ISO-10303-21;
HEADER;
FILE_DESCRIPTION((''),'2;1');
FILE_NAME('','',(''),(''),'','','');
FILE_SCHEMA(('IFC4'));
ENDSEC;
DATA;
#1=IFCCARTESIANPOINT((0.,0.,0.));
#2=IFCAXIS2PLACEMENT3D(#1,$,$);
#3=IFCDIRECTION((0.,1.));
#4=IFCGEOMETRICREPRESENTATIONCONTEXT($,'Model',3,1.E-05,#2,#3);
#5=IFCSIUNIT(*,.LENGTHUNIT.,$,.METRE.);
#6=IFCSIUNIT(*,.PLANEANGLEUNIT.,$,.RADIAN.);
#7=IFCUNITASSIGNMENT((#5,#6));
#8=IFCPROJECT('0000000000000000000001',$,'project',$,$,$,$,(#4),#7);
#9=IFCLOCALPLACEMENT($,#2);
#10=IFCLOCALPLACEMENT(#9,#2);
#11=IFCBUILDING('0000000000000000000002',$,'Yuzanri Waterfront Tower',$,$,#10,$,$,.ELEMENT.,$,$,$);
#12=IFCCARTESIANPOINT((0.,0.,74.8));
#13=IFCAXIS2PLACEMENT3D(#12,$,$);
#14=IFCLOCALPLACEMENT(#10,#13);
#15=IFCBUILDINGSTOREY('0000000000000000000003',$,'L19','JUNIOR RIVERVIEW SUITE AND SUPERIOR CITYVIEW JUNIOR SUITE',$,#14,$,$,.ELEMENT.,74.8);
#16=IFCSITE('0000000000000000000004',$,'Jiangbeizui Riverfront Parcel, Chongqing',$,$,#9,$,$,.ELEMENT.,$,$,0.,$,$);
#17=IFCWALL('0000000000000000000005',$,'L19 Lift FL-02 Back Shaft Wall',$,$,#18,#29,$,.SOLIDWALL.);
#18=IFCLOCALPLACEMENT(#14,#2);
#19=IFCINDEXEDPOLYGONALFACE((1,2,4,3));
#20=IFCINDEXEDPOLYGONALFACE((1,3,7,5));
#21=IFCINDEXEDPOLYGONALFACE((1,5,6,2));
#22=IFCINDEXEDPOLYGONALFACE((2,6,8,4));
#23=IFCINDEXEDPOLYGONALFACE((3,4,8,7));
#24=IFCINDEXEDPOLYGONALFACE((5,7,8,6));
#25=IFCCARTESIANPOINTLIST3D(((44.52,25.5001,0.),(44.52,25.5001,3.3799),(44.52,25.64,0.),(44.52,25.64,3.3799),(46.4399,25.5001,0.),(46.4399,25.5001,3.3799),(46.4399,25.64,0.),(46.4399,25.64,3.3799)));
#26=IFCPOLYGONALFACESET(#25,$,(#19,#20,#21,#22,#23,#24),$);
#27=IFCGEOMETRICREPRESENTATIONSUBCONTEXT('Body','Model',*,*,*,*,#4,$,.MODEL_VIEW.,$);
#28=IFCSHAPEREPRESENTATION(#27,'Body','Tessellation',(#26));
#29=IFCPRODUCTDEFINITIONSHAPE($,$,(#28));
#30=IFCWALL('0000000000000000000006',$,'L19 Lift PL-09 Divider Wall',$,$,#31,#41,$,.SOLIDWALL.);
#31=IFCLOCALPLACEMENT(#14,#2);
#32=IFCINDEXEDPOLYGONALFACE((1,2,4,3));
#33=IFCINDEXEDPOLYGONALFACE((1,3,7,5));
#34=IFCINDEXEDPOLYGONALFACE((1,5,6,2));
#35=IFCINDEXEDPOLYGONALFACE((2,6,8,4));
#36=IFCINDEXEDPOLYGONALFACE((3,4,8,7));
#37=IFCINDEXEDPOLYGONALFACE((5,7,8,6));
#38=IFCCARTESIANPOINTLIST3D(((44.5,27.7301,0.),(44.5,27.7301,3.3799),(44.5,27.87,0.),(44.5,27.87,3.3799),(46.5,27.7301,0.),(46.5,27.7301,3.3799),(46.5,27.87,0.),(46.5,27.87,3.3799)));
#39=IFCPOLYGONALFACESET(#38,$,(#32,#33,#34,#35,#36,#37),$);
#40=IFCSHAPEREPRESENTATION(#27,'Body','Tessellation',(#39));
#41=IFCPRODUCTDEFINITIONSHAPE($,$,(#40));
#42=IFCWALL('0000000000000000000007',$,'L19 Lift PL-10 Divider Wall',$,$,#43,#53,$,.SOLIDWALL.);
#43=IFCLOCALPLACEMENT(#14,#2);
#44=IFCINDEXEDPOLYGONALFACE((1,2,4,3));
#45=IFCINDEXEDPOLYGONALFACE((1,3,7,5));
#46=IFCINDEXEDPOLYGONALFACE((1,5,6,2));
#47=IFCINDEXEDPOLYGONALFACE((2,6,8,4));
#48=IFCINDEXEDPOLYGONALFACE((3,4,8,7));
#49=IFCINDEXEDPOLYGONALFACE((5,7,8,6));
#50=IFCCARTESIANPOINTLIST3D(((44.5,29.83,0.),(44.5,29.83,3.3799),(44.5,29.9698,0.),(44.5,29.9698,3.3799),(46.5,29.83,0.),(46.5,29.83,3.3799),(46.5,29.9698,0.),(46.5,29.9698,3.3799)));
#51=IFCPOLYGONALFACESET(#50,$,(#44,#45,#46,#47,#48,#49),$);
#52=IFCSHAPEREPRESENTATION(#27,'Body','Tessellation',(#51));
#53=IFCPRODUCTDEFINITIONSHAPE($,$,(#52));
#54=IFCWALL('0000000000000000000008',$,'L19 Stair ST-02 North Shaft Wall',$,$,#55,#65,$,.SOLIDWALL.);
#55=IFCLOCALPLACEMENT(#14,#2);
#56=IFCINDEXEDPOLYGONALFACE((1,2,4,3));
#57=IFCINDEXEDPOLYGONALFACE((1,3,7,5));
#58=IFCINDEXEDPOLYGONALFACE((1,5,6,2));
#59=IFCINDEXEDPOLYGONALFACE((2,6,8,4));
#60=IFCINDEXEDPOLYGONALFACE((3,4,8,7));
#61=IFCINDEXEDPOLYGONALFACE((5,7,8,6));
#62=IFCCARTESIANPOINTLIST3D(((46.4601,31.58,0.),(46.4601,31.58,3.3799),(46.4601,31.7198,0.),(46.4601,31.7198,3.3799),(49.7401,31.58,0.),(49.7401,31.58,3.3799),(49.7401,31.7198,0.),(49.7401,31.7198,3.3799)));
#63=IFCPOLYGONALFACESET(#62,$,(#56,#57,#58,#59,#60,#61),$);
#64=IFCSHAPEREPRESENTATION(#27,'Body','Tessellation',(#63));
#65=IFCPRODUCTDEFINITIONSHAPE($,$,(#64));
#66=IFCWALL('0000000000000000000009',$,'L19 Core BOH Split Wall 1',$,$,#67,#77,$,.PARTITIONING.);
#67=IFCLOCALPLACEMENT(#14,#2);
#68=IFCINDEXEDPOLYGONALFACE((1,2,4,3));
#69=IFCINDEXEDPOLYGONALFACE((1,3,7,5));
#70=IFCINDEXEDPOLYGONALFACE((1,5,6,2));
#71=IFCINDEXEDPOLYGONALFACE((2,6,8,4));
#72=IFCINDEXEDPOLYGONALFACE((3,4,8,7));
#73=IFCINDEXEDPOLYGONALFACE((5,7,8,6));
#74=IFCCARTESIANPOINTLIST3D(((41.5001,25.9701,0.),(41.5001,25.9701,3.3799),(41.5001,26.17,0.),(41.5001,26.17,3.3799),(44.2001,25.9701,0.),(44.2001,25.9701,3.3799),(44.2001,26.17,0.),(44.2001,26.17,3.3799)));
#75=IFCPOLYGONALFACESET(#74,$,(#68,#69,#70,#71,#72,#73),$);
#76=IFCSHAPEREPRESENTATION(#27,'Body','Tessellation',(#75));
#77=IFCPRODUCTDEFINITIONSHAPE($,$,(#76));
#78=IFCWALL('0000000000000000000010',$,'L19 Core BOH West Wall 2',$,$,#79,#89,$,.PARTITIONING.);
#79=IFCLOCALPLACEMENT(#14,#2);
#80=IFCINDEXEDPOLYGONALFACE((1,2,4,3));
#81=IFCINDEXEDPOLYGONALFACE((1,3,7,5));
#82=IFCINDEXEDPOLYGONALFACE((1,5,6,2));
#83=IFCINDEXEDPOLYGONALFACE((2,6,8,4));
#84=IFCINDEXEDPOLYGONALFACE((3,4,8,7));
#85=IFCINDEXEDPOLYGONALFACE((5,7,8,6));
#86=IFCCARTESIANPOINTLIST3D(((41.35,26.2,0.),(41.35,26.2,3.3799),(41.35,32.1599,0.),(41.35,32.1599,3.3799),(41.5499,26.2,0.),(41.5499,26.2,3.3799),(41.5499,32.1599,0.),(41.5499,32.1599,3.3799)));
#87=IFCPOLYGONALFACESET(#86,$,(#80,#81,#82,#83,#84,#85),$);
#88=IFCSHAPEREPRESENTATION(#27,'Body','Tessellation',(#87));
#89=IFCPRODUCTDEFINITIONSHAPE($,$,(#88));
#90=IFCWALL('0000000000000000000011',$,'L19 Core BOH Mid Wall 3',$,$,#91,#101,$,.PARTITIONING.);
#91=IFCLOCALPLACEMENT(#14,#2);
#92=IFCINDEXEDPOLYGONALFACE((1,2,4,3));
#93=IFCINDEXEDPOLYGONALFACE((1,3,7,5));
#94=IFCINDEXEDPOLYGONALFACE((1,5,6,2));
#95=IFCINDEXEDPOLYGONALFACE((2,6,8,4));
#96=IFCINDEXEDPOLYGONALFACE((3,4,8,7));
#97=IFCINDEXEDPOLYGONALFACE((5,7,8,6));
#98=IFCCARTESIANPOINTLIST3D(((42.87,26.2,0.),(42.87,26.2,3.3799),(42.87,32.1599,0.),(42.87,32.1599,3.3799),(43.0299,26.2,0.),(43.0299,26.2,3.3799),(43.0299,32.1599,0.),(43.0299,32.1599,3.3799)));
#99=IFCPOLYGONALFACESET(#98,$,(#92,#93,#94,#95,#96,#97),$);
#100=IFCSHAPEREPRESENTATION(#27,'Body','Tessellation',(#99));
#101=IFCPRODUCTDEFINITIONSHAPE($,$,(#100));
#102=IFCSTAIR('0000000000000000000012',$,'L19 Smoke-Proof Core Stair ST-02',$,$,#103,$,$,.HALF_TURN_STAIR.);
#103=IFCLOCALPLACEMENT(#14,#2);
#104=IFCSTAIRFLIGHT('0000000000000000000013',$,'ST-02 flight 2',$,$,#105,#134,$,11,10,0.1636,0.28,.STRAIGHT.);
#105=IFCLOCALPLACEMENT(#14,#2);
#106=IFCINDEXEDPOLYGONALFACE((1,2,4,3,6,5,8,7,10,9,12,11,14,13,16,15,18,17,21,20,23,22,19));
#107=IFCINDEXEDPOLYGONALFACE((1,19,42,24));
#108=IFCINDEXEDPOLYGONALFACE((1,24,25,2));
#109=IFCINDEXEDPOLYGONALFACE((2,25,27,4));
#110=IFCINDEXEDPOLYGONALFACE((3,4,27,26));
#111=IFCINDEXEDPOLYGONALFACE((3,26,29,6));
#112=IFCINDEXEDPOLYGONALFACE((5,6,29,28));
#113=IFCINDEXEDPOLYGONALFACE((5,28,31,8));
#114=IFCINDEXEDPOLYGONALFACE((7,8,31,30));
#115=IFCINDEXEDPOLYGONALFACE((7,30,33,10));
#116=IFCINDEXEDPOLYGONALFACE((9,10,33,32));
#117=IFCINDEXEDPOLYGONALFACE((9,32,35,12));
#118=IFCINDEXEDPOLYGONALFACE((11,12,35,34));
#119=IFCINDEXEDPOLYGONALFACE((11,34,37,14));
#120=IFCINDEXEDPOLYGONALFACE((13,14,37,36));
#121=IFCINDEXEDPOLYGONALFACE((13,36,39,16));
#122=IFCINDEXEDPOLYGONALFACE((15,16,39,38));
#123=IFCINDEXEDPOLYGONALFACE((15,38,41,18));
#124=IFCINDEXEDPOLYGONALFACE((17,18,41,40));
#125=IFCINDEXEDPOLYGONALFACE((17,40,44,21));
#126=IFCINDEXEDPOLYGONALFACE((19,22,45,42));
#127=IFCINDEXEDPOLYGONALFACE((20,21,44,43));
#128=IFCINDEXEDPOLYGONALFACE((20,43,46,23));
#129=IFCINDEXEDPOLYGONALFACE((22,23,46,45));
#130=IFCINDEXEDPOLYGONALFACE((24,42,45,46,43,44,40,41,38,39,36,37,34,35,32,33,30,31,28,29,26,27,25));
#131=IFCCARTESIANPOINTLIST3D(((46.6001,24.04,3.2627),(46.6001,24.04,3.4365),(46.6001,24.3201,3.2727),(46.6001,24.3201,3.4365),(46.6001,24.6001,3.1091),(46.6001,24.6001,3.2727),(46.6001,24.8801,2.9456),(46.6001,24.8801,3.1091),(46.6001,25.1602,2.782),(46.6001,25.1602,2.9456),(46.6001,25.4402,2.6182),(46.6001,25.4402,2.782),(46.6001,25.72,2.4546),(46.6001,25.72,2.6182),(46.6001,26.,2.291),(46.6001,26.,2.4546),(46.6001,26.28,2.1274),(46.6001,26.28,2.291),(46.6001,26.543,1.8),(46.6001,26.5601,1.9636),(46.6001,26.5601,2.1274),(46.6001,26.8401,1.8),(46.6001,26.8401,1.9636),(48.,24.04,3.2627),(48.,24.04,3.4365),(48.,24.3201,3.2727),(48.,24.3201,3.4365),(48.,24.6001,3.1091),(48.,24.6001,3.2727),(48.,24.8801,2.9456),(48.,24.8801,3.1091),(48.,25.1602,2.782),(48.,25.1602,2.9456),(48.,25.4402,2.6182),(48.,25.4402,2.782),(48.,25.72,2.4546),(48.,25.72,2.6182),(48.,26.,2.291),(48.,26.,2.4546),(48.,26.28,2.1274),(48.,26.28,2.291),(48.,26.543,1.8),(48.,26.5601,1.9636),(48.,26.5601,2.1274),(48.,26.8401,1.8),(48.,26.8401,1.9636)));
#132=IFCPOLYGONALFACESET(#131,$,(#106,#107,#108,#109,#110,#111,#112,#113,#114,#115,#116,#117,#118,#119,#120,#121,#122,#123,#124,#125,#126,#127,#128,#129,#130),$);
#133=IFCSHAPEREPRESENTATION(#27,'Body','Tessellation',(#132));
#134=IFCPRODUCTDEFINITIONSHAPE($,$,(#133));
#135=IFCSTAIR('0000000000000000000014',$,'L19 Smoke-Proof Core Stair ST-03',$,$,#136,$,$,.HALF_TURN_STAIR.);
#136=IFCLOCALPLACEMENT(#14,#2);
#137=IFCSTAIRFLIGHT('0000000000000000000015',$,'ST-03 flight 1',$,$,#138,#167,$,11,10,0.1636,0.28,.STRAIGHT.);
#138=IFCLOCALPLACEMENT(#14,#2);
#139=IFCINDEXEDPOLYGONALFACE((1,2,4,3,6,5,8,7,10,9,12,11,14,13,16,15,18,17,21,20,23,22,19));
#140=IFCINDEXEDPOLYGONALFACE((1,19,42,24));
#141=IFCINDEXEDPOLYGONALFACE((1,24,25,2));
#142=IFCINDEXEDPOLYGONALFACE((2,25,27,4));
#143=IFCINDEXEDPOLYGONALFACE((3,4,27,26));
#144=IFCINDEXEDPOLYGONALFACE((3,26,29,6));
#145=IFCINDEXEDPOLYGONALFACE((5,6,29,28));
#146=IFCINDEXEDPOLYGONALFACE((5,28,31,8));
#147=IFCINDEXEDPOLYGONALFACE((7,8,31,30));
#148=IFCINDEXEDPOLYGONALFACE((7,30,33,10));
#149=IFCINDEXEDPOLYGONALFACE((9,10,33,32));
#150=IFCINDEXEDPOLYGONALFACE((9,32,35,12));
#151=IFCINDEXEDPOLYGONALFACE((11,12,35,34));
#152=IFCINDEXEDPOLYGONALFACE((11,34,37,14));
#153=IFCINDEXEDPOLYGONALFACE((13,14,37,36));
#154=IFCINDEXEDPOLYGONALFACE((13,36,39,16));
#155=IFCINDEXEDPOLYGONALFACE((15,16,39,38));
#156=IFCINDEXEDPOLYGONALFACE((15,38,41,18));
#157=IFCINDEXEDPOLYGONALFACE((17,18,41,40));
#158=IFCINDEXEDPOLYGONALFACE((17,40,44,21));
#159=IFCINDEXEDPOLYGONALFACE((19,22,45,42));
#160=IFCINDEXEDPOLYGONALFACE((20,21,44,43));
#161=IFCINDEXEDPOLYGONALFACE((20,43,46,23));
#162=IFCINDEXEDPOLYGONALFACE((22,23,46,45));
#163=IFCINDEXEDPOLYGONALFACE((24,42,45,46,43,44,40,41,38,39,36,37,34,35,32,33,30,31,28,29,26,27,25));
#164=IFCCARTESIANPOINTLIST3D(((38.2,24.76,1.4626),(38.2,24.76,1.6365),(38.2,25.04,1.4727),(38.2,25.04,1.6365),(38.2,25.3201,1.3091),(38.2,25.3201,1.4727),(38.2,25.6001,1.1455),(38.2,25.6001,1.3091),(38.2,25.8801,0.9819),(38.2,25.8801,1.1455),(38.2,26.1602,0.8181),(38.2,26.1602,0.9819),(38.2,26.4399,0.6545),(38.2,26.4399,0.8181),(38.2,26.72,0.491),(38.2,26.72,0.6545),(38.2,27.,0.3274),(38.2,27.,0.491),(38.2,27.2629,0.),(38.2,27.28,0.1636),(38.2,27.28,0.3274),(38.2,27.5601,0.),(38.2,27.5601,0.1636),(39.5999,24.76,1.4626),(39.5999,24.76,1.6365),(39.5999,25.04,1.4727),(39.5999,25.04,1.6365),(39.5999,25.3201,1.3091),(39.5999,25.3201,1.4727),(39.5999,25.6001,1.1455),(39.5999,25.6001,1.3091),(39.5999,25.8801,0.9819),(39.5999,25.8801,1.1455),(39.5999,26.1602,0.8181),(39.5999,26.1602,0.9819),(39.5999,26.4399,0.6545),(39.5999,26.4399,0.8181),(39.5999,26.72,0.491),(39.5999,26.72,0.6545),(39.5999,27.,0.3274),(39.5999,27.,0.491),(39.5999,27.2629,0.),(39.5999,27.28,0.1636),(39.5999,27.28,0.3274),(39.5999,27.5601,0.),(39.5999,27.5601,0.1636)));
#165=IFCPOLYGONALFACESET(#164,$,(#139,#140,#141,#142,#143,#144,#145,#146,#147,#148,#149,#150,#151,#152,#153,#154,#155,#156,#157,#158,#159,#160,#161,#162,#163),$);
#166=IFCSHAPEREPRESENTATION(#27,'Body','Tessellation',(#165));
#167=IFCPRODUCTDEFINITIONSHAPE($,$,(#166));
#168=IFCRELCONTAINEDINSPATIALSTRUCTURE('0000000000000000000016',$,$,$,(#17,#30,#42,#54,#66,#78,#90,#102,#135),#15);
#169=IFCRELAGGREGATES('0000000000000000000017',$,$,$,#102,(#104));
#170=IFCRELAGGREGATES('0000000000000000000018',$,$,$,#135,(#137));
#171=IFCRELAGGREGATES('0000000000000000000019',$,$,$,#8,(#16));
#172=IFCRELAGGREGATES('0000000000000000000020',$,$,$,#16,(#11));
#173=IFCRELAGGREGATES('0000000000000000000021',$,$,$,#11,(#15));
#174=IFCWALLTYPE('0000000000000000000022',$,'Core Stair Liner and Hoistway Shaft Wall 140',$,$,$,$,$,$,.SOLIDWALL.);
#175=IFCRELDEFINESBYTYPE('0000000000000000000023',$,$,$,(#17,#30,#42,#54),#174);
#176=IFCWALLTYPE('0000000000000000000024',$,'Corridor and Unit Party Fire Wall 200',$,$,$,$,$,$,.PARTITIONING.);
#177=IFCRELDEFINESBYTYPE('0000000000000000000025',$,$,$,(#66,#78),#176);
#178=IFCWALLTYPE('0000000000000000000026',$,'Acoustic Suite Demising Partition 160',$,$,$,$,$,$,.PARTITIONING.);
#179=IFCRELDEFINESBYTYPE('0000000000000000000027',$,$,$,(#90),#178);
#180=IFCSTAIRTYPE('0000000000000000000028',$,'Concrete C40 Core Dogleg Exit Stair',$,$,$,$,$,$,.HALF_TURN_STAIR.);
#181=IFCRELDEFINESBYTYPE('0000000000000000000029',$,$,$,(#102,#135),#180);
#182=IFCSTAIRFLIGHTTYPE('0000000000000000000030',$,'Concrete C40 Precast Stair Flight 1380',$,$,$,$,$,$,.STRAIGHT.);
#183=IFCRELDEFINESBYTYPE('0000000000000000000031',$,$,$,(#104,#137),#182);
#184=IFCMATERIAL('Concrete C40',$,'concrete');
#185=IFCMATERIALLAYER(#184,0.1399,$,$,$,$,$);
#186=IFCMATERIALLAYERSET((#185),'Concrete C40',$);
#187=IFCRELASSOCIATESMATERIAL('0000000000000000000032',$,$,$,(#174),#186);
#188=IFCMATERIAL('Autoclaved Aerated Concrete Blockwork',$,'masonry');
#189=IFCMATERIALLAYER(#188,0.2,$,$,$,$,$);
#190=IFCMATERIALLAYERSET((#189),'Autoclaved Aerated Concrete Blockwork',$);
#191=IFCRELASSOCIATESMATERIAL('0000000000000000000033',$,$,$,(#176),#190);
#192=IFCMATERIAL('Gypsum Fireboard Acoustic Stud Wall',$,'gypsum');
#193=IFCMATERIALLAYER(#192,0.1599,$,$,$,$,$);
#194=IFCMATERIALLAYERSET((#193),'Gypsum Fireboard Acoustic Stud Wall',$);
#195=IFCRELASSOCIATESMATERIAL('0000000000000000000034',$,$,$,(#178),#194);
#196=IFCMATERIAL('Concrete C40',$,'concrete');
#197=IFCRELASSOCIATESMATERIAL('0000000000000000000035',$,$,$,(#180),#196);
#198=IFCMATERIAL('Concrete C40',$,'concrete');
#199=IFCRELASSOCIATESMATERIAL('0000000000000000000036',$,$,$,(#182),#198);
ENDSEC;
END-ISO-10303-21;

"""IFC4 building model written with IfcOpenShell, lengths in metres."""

from ifc_helpers import new_model, si_unit, direction, frame, frame_2d, origin, place, context, subcontext, project, spatial, polyline, rectangle, outline, extrude, source, transform, mapped, material, layer, layer_set, type_object, element, aggregate, save


model = new_model("IFC4")

# Units and contexts
model_context = context("Model", 3, precision=1e-05, world=origin(), true_north=direction((0.0, 1.0)))
body_context = subcontext(model_context, "Body", "Model", "MODEL_VIEW")
ifc_project = project(units=[si_unit("LENGTHUNIT", "METRE"), si_unit("PLANEANGLEUNIT", "RADIAN")], contexts=[model_context])

# Site, building, storey
site_placement = place(None, origin())
site = spatial("IfcSite", under=ifc_project, at=site_placement, Name="Jiangbeizui Riverfront Parcel, Chongqing", CompositionType="ELEMENT", RefElevation=0.0)
building_placement = place(site_placement, origin())
building = spatial("IfcBuilding", under=site, at=building_placement, Name="Yuzanri Waterfront Tower", CompositionType="ELEMENT")
storey_placement = place(building_placement, frame((0.0, 0.0, 74.8)))
storey = spatial("IfcBuildingStorey", under=building, at=storey_placement, Name="L19", Description="JUNIOR RIVERVIEW SUITE AND SUPERIOR CITYVIEW JUNIOR SUITE", CompositionType="ELEMENT", Elevation=74.8)

# Shared definitions
ifc_material_1 = material(Name="Concrete C40", Category="concrete")
ifc_layer_1 = layer(ifc_material_1, 0.1399)
ifc_layer_set_1 = layer_set([ifc_layer_1], Name="Concrete C40")
wall_type_1 = type_object("IfcWallType", Name="Core Stair Liner and Hoistway Shaft Wall 140", PredefinedType="SOLIDWALL", material=ifc_layer_set_1)
ifc_material_2 = material(Name="Autoclaved Aerated Concrete Blockwork", Category="masonry")
ifc_layer_2 = layer(ifc_material_2, 0.2)
ifc_layer_set_2 = layer_set([ifc_layer_2], Name="Autoclaved Aerated Concrete Blockwork")
wall_type_2 = type_object("IfcWallType", Name="Corridor and Unit Party Fire Wall 200", PredefinedType="PARTITIONING", material=ifc_layer_set_2)

# Walls
shared_shape_1 = source(origin(), body_context, "Body", "SweptSolid", [
    extrude(rectangle(XDim=1.9199, YDim=0.1399, at=frame_2d((0.96, 0.0))), origin(), (0.0, 0.0, 1.0), 3.3799),
])
wall_1_placement = place(storey_placement, frame((44.52, 25.5701, 0.0), z_axis=(0.0, 0.0, 1.0), x_axis=(1.0, 0.0, 0.0)))
element("IfcWall", 1, at=wall_1_placement, inside=storey, type_object=wall_type_1, Name="L19 Lift FL-02 Back Shaft Wall", PredefinedType="SOLIDWALL", context=body_context, shape_type="MappedRepresentation", body=[
    mapped(shared_shape_1, transform((0.0, 0.0, 0.0), scale=1.0)),
])
shared_shape_2 = source(origin(), body_context, "Body", "SweptSolid", [
    extrude(rectangle(XDim=2.0, YDim=0.1399, at=frame_2d((1.0, 0.0))), origin(), (0.0, 0.0, 1.0), 3.3799),
])
for number, where, z_axis, x_axis, name in (
    (2, (44.5, 27.8, 0.0), (0.0, 0.0, 1.0), (1.0, 0.0, 0.0), "L19 Lift PL-09 Divider Wall"),
    (3, (44.5, 29.8999, 0.0), (0.0, 0.0, 1.0), (1.0, 0.0, 0.0), "L19 Lift PL-10 Divider Wall"),
):
    element("IfcWall", number, at=place(storey_placement, frame(where, z_axis=z_axis, x_axis=x_axis)), inside=storey, type_object=wall_type_1, Name=name, PredefinedType="SOLIDWALL", context=body_context, shape_type="MappedRepresentation", body=[
        mapped(shared_shape_2, transform((0.0, 0.0, 0.0), scale=1.0)),
    ])
shared_shape_3 = source(origin(), body_context, "Body", "SweptSolid", [
    extrude(rectangle(XDim=3.28, YDim=0.1399, at=frame_2d((1.6401, 0.0))), origin(), (0.0, 0.0, 1.0), 3.3799),
])
wall_2_placement = place(storey_placement, frame((46.46, 31.6499, 0.0), z_axis=(0.0, 0.0, 1.0), x_axis=(1.0, 0.0, 0.0)))
element("IfcWall", 4, at=wall_2_placement, inside=storey, type_object=wall_type_1, Name="L19 Stair ST-02 North Shaft Wall", PredefinedType="SOLIDWALL", context=body_context, shape_type="MappedRepresentation", body=[
    mapped(shared_shape_3, transform((0.0, 0.0, 0.0), scale=1.0)),
])
shared_shape_4 = source(origin(), body_context, "Body", "SweptSolid", [
    extrude(rectangle(XDim=2.7, YDim=0.2, at=frame_2d((1.3501, 0.0))), origin(), (0.0, 0.0, 1.0), 3.3799),
])
wall_3_placement = place(storey_placement, frame((41.5, 26.0701, 0.0), z_axis=(0.0, 0.0, 1.0), x_axis=(1.0, 0.0, 0.0)))
element("IfcWall", 5, at=wall_3_placement, inside=storey, type_object=wall_type_2, Name="L19 Core BOH Split Wall 1", PredefinedType="PARTITIONING", context=body_context, shape_type="MappedRepresentation", body=[
    mapped(shared_shape_4, transform((0.0, 0.0, 0.0), scale=1.0)),
])
shared_shape_5 = source(origin(), body_context, "Body", "SweptSolid", [
    extrude(rectangle(XDim=5.96, YDim=0.2, at=frame_2d((2.98, 0.0))), origin(), (0.0, 0.0, 1.0), 3.3799),
])
wall_4_placement = place(storey_placement, frame((41.45, 26.2, 0.0), z_axis=(0.0, 0.0, 1.0), x_axis=(0.0, 1.0, 0.0)))
element("IfcWall", 6, at=wall_4_placement, inside=storey, type_object=wall_type_2, Name="L19 Core BOH West Wall 2", PredefinedType="PARTITIONING", context=body_context, shape_type="MappedRepresentation", body=[
    mapped(shared_shape_5, transform((0.0, 0.0, 0.0), scale=1.0)),
])
ifc_material_3 = material(Name="Gypsum Fireboard Acoustic Stud Wall", Category="gypsum")
ifc_layer_3 = layer(ifc_material_3, 0.1599)
ifc_layer_set_3 = layer_set([ifc_layer_3], Name="Gypsum Fireboard Acoustic Stud Wall")
wall_type_3 = type_object("IfcWallType", Name="Acoustic Suite Demising Partition 160", PredefinedType="PARTITIONING", material=ifc_layer_set_3)
shared_shape_6 = source(origin(), body_context, "Body", "SweptSolid", [
    extrude(rectangle(XDim=5.96, YDim=0.1599, at=frame_2d((2.98, 0.0))), origin(), (0.0, 0.0, 1.0), 3.3799),
])
wall_5_placement = place(storey_placement, frame((42.95, 26.2, 0.0), z_axis=(0.0, 0.0, 1.0), x_axis=(0.0, 1.0, 0.0)))
element("IfcWall", 7, at=wall_5_placement, inside=storey, type_object=wall_type_3, Name="L19 Core BOH Mid Wall 3", PredefinedType="PARTITIONING", context=body_context, shape_type="MappedRepresentation", body=[
    mapped(shared_shape_6, transform((0.0, 0.0, 0.0), scale=1.0)),
])

# Stairs, stair flights
ifc_material_4 = material(Name="Concrete C40", Category="concrete")
stair_type = type_object("IfcStairType", Name="Concrete C40 Core Dogleg Exit Stair", PredefinedType="HALF_TURN_STAIR", material=ifc_material_4)
stair_1_placement = place(storey_placement, origin())
stair_1 = element("IfcStair", 8, at=stair_1_placement, inside=storey, type_object=stair_type, Name="L19 Smoke-Proof Core Stair ST-02", PredefinedType="HALF_TURN_STAIR")
ifc_material_5 = material(Name="Concrete C40", Category="concrete")
stair_flight_type = type_object("IfcStairFlightType", Name="Concrete C40 Precast Stair Flight 1380", PredefinedType="STRAIGHT", material=ifc_material_5)
shared_shape_7 = source(origin(), body_context, "Body", "SweptSolid", [
    extrude(outline(polyline([(0.0, 0.0), (0.0, 0.1636), (0.28, 0.1636), (0.28, 0.3274), (0.5601, 0.3274), (0.5601, 0.491), (0.8401, 0.491), (0.8401, 0.6545), (1.1201, 0.6545), (1.1201, 0.8181), (1.3999, 0.8181), (1.3999, 0.9819), (1.6799, 0.9819), (1.6799, 1.1455), (1.96, 1.1455), (1.96, 1.3091), (2.24, 1.3091), (2.24, 1.4727), (2.52, 1.4727), (2.52, 1.6365), (2.8, 1.6365), (2.8, 1.8), (2.8, 1.4626), (0.2971, 0.0), (0.0, 0.0)])), frame((0.0, 0.7, 0.0), z_axis=(0.0, -1.0, 0.0), x_axis=(1.0, 0.0, 0.0)), (0.0, 0.0, 1.0), 1.3999),
])
stair_flight_1_placement = place(storey_placement, frame((47.3, 26.8401, 1.8), z_axis=(0.0, 0.0, 1.0), x_axis=(0.0, -1.0, 0.0)))
stair_flight_1 = element("IfcStairFlight", 9, at=stair_flight_1_placement, type_object=stair_flight_type, Name="ST-02 flight 2", NumberOfRisers=11, NumberOfTreads=10, PredefinedType="STRAIGHT", RiserHeight=0.1636, TreadLength=0.28, context=body_context, shape_type="MappedRepresentation", body=[
    mapped(shared_shape_7, transform((0.0, 0.0, 0.0), scale=1.0)),
])
aggregate(stair_1, [stair_flight_1])
stair_2_placement = place(storey_placement, origin())
stair_2 = element("IfcStair", 10, at=stair_2_placement, inside=storey, type_object=stair_type, Name="L19 Smoke-Proof Core Stair ST-03", PredefinedType="HALF_TURN_STAIR")
stair_flight_2_placement = place(storey_placement, frame((38.8999, 27.5601, 0.0), z_axis=(0.0, 0.0, 1.0), x_axis=(0.0, -1.0, 0.0)))
stair_flight_2 = element("IfcStairFlight", 11, at=stair_flight_2_placement, type_object=stair_flight_type, Name="ST-03 flight 1", NumberOfRisers=11, NumberOfTreads=10, PredefinedType="STRAIGHT", RiserHeight=0.1636, TreadLength=0.28, context=body_context, shape_type="MappedRepresentation", body=[
    mapped(shared_shape_7, transform((0.0, 0.0, 0.0), scale=1.0)),
])
aggregate(stair_2, [stair_flight_2])

save(model, "model.ifc")
